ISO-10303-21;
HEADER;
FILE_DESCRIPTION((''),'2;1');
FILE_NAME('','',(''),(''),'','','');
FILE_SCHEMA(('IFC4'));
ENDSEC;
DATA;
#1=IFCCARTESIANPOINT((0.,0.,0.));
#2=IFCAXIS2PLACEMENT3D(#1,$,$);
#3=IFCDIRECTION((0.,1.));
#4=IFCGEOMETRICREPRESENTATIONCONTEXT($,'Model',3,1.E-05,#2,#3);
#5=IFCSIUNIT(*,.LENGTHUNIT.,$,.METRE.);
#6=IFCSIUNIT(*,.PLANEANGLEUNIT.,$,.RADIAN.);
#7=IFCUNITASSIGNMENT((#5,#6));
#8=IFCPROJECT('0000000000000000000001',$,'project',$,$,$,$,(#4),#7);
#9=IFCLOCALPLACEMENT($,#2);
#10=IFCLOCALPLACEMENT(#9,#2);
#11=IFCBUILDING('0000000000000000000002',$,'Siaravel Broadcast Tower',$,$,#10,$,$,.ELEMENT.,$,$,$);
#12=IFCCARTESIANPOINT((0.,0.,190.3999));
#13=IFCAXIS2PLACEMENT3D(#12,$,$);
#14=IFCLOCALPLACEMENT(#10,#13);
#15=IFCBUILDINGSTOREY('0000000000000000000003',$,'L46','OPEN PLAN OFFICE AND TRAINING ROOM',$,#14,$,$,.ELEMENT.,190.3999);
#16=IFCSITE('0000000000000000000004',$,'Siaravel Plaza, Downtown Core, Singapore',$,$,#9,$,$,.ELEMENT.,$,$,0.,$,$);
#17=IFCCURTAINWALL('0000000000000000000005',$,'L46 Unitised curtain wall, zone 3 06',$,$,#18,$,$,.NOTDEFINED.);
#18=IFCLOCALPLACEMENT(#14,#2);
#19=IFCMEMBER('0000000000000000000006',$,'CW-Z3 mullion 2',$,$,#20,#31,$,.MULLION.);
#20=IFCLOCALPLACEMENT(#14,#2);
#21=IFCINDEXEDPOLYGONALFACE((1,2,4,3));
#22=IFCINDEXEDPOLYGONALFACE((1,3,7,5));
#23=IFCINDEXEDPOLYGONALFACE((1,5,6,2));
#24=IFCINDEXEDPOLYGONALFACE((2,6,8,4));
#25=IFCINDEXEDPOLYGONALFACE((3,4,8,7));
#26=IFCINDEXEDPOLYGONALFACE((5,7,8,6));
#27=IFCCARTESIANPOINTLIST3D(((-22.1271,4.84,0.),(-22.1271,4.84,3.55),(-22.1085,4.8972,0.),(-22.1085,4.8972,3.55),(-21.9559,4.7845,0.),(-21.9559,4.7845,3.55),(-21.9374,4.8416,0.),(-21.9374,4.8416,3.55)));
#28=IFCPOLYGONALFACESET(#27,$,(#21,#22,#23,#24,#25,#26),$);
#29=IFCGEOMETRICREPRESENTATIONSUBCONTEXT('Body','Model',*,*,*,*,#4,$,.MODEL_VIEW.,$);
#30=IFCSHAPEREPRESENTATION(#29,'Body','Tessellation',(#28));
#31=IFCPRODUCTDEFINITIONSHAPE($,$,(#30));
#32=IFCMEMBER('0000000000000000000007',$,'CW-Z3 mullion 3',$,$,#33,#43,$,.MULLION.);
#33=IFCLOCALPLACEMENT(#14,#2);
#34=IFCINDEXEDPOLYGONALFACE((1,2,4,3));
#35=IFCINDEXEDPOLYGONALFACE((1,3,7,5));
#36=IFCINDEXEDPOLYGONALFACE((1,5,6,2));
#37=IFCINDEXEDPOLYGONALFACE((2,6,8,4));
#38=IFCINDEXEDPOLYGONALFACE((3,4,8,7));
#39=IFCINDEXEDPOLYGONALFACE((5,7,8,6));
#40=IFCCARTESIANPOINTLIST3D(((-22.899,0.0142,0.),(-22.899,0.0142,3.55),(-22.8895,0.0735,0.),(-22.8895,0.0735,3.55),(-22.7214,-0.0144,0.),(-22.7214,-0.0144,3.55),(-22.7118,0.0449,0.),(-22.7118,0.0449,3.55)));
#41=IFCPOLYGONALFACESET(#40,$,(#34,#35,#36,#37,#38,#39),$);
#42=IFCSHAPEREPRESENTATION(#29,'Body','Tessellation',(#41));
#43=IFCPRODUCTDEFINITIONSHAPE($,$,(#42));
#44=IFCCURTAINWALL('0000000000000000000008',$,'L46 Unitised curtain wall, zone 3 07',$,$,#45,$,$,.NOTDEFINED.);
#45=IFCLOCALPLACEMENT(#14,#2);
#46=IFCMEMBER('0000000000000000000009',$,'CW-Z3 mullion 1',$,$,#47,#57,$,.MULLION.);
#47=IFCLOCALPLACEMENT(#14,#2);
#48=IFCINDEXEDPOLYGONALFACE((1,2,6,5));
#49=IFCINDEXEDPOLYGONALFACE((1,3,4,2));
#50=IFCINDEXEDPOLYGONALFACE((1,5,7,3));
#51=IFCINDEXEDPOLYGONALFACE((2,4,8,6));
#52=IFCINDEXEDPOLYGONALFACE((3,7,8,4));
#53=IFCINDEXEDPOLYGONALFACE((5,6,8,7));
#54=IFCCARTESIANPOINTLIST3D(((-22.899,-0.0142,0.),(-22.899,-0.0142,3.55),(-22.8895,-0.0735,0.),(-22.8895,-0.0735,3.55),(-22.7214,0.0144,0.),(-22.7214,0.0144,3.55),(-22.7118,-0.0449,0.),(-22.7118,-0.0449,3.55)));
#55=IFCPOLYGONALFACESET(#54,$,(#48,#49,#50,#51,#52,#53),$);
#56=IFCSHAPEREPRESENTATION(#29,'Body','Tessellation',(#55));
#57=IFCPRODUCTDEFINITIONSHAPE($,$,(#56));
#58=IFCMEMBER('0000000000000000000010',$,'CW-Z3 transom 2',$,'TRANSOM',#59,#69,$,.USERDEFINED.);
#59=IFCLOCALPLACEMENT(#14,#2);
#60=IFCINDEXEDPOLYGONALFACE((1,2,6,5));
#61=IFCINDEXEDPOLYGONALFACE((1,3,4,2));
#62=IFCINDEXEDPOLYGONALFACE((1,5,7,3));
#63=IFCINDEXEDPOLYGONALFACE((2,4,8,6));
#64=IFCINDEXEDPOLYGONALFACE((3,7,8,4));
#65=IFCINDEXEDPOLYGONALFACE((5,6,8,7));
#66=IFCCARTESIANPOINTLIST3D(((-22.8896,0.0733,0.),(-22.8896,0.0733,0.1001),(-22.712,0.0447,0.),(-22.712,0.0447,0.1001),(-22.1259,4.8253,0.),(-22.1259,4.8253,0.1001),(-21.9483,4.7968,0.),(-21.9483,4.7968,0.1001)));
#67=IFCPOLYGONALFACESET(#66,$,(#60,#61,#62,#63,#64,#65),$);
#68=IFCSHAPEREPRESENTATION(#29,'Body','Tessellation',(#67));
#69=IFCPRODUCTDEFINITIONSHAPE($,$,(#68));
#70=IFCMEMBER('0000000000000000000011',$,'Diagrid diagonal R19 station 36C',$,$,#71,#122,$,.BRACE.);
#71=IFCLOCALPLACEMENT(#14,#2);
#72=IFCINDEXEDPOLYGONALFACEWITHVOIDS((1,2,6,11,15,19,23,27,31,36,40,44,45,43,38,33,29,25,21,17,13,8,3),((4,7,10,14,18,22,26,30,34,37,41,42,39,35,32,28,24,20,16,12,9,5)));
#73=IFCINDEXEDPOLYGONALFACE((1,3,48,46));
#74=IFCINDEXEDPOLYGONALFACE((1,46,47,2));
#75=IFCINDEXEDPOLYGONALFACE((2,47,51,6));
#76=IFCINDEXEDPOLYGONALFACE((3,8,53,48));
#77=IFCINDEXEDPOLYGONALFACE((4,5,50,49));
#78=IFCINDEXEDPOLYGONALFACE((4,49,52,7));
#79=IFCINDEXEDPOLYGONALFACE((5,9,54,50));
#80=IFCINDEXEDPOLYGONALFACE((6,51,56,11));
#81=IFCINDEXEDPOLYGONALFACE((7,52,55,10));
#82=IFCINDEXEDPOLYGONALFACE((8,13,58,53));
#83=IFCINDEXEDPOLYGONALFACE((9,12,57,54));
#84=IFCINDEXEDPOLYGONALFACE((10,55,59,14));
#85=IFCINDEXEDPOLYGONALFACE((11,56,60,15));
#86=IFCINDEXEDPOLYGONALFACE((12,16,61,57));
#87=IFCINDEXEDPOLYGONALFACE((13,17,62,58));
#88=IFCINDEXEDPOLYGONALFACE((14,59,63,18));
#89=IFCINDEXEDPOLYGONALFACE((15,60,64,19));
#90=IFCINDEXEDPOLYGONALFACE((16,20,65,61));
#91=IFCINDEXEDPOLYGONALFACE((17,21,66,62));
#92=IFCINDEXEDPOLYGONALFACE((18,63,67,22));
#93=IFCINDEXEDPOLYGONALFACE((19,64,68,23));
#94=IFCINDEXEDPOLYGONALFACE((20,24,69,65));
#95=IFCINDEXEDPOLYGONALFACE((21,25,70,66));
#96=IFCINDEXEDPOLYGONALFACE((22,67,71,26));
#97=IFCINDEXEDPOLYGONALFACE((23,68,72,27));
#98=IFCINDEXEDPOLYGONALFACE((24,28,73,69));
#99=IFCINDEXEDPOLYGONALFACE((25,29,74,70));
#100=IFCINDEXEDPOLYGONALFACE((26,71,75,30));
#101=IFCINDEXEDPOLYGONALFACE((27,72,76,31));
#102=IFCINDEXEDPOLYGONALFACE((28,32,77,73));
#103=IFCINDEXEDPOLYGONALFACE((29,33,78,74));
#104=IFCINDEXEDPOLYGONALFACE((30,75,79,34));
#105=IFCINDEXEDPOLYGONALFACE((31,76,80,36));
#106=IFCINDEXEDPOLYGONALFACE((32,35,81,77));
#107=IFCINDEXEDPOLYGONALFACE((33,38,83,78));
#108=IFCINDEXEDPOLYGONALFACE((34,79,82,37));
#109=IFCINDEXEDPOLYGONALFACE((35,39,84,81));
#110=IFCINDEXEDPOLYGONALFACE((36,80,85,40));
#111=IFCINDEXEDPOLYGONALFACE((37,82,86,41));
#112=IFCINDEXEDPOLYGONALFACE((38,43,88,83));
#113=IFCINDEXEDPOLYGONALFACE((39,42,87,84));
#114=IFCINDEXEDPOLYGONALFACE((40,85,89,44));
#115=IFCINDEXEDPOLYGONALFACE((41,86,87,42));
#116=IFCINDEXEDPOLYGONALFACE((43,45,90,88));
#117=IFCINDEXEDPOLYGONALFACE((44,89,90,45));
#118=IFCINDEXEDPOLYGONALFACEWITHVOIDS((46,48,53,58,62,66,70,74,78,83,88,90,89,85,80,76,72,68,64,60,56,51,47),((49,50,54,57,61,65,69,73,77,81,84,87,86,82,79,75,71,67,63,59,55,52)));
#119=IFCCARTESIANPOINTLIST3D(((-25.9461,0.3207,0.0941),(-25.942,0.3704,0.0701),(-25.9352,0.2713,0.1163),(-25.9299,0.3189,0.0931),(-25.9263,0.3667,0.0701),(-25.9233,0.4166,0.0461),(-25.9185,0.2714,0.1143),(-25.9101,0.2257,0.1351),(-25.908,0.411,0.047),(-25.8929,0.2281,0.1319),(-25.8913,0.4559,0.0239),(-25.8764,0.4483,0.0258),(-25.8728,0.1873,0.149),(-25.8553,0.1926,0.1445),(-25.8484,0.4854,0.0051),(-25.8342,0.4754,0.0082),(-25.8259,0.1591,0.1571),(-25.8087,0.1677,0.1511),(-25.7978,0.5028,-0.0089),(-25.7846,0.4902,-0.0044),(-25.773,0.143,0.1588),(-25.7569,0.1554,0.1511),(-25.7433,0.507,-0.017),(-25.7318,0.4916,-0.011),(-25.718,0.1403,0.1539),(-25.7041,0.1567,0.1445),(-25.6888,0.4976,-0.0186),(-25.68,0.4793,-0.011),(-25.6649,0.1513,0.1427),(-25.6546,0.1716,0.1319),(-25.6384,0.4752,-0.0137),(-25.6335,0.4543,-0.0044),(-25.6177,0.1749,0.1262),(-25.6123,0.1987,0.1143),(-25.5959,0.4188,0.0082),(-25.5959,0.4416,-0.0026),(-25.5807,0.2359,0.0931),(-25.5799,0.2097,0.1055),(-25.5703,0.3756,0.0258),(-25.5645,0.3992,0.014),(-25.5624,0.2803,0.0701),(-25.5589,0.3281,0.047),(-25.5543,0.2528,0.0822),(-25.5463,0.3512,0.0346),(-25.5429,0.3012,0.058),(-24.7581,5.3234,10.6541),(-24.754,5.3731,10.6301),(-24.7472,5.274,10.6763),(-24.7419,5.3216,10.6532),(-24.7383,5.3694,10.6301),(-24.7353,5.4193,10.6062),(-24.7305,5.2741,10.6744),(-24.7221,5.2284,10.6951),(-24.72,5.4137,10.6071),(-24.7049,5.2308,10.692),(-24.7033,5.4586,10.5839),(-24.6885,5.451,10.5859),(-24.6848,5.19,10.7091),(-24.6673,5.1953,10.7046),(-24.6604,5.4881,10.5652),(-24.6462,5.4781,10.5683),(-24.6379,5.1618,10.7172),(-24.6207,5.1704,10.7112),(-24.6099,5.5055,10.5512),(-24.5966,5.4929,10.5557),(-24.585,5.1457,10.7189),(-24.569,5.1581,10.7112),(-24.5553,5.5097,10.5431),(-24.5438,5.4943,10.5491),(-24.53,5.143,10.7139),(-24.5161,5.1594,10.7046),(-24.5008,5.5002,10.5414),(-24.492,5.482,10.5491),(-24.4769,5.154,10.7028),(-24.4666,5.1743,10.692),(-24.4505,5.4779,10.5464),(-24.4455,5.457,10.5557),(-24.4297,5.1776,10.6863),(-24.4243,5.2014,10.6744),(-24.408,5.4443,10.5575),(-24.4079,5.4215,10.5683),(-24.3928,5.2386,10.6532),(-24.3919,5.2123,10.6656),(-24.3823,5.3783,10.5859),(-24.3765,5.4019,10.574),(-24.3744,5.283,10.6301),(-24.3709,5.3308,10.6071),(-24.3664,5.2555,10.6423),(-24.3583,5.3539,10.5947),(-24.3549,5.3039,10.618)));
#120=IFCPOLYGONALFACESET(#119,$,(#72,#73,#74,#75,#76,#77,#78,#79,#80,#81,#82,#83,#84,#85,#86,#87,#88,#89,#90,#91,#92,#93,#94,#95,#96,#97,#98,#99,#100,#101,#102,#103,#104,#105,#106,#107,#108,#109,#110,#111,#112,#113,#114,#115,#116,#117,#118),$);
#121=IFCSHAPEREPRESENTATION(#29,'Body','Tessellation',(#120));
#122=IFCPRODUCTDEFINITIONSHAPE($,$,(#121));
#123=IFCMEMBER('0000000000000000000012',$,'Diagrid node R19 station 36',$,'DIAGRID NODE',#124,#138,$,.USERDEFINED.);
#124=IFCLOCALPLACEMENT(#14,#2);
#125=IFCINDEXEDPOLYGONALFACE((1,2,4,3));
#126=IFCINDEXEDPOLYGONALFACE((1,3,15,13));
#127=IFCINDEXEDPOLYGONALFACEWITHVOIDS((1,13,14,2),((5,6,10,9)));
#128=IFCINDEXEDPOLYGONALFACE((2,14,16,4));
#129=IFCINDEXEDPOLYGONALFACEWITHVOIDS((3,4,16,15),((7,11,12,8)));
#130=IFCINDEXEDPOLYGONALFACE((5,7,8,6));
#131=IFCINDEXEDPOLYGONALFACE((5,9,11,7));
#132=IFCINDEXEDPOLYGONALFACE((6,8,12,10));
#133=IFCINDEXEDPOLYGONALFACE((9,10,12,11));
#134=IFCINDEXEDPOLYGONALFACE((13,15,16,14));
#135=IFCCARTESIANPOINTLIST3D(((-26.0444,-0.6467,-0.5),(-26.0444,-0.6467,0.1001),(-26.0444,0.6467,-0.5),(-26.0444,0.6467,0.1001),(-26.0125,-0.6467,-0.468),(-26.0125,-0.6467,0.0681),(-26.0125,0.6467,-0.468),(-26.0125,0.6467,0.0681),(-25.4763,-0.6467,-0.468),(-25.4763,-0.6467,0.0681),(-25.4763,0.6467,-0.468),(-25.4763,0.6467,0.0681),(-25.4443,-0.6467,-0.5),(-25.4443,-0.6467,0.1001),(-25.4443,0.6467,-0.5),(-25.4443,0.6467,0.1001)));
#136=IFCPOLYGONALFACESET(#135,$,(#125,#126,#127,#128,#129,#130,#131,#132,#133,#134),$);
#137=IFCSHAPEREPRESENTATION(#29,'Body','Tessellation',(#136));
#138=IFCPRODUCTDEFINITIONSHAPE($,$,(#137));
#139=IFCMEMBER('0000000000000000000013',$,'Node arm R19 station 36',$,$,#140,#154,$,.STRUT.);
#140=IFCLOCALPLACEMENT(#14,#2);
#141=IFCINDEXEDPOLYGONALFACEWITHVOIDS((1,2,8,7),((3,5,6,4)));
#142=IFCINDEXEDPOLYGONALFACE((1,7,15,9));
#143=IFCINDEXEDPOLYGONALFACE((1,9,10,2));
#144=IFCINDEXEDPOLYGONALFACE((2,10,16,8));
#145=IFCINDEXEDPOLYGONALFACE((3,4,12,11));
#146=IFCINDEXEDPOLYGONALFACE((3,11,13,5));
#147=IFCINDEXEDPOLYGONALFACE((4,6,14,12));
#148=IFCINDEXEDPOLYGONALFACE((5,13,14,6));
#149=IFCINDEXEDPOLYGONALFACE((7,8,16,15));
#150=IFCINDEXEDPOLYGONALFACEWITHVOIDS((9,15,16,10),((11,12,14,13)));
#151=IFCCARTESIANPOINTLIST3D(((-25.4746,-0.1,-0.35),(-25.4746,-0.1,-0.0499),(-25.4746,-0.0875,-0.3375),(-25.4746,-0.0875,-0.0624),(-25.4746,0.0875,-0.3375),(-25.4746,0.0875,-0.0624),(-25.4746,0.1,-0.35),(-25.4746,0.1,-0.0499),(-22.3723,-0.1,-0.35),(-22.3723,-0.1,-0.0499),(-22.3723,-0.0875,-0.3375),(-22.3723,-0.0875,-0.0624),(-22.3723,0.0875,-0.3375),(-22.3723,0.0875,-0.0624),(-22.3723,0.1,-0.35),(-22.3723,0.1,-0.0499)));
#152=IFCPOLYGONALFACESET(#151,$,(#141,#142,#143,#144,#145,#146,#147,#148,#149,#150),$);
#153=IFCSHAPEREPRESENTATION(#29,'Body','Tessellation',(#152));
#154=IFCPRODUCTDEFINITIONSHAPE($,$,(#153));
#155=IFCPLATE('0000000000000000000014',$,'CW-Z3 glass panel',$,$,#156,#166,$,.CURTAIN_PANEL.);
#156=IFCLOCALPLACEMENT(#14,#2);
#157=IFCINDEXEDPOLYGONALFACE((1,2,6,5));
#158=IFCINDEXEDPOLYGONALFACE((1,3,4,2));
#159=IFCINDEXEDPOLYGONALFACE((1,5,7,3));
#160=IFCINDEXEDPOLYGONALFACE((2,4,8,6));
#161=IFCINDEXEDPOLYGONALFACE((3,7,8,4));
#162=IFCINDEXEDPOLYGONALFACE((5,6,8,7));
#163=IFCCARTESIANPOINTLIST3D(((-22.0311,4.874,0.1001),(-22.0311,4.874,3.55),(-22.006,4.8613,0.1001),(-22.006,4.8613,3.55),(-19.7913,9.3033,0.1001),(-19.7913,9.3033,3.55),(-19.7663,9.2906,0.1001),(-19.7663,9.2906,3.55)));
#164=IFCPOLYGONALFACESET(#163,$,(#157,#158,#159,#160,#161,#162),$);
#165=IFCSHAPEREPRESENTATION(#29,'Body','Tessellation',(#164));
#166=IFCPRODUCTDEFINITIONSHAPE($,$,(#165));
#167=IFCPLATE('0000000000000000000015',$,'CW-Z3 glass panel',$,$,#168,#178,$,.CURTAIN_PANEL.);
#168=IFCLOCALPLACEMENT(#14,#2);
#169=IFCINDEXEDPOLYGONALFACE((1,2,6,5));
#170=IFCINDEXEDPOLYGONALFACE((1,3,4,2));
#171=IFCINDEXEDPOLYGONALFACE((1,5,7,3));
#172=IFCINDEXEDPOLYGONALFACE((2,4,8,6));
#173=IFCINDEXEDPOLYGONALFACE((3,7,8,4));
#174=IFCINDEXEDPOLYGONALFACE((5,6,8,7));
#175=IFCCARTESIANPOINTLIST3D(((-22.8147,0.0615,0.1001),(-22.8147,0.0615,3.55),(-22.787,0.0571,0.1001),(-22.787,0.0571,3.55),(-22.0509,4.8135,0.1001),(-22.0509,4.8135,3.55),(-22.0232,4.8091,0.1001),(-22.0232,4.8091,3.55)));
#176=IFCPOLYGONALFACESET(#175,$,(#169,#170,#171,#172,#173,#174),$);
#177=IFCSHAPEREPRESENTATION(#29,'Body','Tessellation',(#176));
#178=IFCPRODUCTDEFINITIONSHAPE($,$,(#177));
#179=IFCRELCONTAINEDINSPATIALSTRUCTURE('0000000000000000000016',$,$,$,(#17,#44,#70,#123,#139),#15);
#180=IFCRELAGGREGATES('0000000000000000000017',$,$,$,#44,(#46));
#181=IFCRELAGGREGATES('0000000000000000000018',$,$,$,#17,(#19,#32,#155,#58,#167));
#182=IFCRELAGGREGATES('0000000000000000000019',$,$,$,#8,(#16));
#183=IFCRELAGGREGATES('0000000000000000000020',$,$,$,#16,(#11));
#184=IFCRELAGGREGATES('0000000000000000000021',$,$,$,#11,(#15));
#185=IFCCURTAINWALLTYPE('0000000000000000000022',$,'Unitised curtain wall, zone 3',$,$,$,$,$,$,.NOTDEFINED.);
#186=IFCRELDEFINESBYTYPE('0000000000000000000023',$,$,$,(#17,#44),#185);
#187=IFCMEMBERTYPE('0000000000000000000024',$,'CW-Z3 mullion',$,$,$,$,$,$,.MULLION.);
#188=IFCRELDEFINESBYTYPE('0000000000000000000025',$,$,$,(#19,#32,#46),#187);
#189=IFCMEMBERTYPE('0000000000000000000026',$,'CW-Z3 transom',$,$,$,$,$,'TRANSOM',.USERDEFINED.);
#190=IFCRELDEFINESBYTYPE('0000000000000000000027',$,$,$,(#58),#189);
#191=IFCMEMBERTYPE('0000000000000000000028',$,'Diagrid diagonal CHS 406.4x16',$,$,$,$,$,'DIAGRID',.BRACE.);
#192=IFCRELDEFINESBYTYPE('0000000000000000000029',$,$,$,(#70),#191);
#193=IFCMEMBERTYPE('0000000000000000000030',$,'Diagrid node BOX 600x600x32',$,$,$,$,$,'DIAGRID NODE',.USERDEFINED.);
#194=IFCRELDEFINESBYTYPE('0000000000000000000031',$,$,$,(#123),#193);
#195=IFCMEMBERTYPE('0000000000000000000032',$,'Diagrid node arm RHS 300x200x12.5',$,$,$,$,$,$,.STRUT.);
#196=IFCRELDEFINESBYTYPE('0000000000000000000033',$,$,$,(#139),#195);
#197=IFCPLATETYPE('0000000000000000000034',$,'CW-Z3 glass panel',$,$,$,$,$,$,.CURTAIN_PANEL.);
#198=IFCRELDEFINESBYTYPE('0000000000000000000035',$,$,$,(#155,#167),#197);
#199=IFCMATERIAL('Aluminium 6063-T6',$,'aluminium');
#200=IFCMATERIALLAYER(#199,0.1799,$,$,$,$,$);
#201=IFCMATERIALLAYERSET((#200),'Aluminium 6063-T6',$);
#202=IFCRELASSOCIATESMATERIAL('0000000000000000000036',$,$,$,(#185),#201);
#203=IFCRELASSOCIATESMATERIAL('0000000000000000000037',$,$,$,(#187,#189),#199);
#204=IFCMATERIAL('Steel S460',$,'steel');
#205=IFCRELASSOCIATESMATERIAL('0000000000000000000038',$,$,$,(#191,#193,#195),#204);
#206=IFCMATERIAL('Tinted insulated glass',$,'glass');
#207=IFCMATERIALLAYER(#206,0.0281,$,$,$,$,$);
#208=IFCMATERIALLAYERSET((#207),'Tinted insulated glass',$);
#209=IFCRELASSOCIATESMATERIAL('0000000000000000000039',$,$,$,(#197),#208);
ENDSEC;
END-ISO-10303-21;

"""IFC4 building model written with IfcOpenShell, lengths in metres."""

from ifc_helpers import new_model, si_unit, direction, frame, origin, origin_2d, place, context, subcontext, project, spatial, rectangle, hollow_rectangle, hollow_circle, extrude, material, layer, layer_set, material_profile, profile_set, type_object, element, aggregate, save


model = new_model("IFC4")

# Units and contexts
model_context = context("Model", 3, precision=1e-05, world=origin(), true_north=direction((0.0, 1.0)))
body_context = subcontext(model_context, "Body", "Model", "MODEL_VIEW")
ifc_project = project(units=[si_unit("LENGTHUNIT", "METRE"), si_unit("PLANEANGLEUNIT", "RADIAN")], contexts=[model_context])

# Site, building, storey
site_placement = place(None, origin())
site = spatial("IfcSite", under=ifc_project, at=site_placement, Name="Siaravel Plaza, Downtown Core, Singapore", CompositionType="ELEMENT", RefElevation=0.0)
building_placement = place(site_placement, origin())
building = spatial("IfcBuilding", under=site, at=building_placement, Name="Siaravel Broadcast Tower", CompositionType="ELEMENT")
storey_placement = place(building_placement, frame((0.0, 0.0, 190.3999)))
storey = spatial("IfcBuildingStorey", under=building, at=storey_placement, Name="L46", Description="OPEN PLAN OFFICE AND TRAINING ROOM", CompositionType="ELEMENT", Elevation=190.3999)

# Curtain wall, members
ifc_material_1 = material(Name="Aluminium 6063-T6", Category="aluminium")
ifc_layer_1 = layer(ifc_material_1, 0.1799)
ifc_layer_set_1 = layer_set([ifc_layer_1], Name="Aluminium 6063-T6")
curtain_wall_type = type_object("IfcCurtainWallType", Name="Unitised curtain wall, zone 3", PredefinedType="NOTDEFINED", material=ifc_layer_set_1)
curtain_wall_1_placement = place(storey_placement, origin())
curtain_wall_1 = element("IfcCurtainWall", 1, at=curtain_wall_1_placement, inside=storey, type_object=curtain_wall_type, Name="L46 Unitised curtain wall, zone 3 06", PredefinedType="NOTDEFINED")
ifc_material_profile_1 = material_profile(ifc_material_1, rectangle(XDim=0.1799, YDim=0.0601, at=origin_2d()))
ifc_profile_set_1 = profile_set([ifc_material_profile_1], Name="Aluminium 6063-T6")
member_type_1 = type_object("IfcMemberType", Name="CW-Z3 mullion", PredefinedType="MULLION", material=ifc_profile_set_1)
member_1_placement = place(storey_placement, frame((-22.0322, 4.8408, 0.0), z_axis=(0.0, 0.0, 1.0), x_axis=(0.951177, -0.308645, 0.0)))
member_1 = element("IfcMember", 2, at=member_1_placement, type_object=member_type_1, Name="CW-Z3 mullion 2", PredefinedType="MULLION", context=body_context, shape_type="SweptSolid", body=[
    extrude(rectangle(XDim=0.1799, YDim=0.0601, at=origin_2d()), origin(), (0.0, 0.0, 1.0), 3.55),
])
member_2_placement = place(storey_placement, frame((-22.8054, 0.0295, 0.0), z_axis=(0.0, 0.0, 1.0), x_axis=(0.987329, -0.158685, 0.0)))
member_2 = element("IfcMember", 3, at=member_2_placement, type_object=member_type_1, Name="CW-Z3 mullion 3", PredefinedType="MULLION", context=body_context, shape_type="SweptSolid", body=[
    extrude(rectangle(XDim=0.1799, YDim=0.0601, at=origin_2d()), origin(), (0.0, 0.0, 1.0), 3.55),
])

# Curtain wall, member
curtain_wall_2_placement = place(storey_placement, origin())
curtain_wall_2 = element("IfcCurtainWall", 4, at=curtain_wall_2_placement, inside=storey, type_object=curtain_wall_type, Name="L46 Unitised curtain wall, zone 3 07", PredefinedType="NOTDEFINED")
member_3_placement = place(storey_placement, frame((-22.8054, -0.0295, 0.0), z_axis=(0.0, 0.0, 1.0), x_axis=(0.987329, 0.158685, 0.0)))
member_3 = element("IfcMember", 5, at=member_3_placement, type_object=member_type_1, Name="CW-Z3 mullion 1", PredefinedType="MULLION", context=body_context, shape_type="SweptSolid", body=[
    extrude(rectangle(XDim=0.1799, YDim=0.0601, at=origin_2d()), origin(), (0.0, 0.0, 1.0), 3.55),
])
aggregate(curtain_wall_2, [member_3])

# Member
ifc_material_profile_2 = material_profile(ifc_material_1, rectangle(XDim=0.1799, YDim=0.1001, at=origin_2d()))
ifc_profile_set_2 = profile_set([ifc_material_profile_2], Name="Aluminium 6063-T6")
member_type_2 = type_object("IfcMemberType", Name="CW-Z3 transom", ElementType="TRANSOM", PredefinedType="USERDEFINED", material=ifc_profile_set_2)
member_4_placement = place(storey_placement, frame((-22.0371, 4.811, 0.05), z_axis=(-0.158671, -0.987332, 0.0), x_axis=(0.987332, -0.158671, 0.0)))
member_4 = element("IfcMember", 6, at=member_4_placement, type_object=member_type_2, Name="CW-Z3 transom 2", ObjectType="TRANSOM", PredefinedType="USERDEFINED", context=body_context, shape_type="SweptSolid", body=[
    extrude(rectangle(XDim=0.1799, YDim=0.1001, at=origin_2d()), origin(), (0.0, 0.0, 1.0), 4.813),
])

# Members
ifc_material_2 = material(Name="Steel S460", Category="steel")
ifc_material_profile_3 = material_profile(ifc_material_2, hollow_circle(Radius=0.2031, WallThickness=0.0161, at=origin_2d()))
ifc_profile_set_3 = profile_set([ifc_material_profile_3], Name="Steel S460")
member_type_3 = type_object("IfcMemberType", Name="Diagrid diagonal CHS 406.4x16", ElementType="DIAGRID", PredefinedType="BRACE", material=ifc_profile_set_3)
member_5_placement = place(storey_placement, frame((-25.7444, 0.3235, 0.0701), z_axis=(0.101145, 0.425929, 0.899085), x_axis=(-0.972943, 0.231045, 0.0)))
element("IfcMember", 7, at=member_5_placement, inside=storey, type_object=member_type_3, Name="Diagrid diagonal R19 station 36C", PredefinedType="BRACE", context=body_context, shape_type="SweptSolid", body=[
    extrude(hollow_circle(Radius=0.2031, WallThickness=0.0161, at=origin_2d()), origin(), (0.0, 0.0, 1.0), 11.7454),
])
ifc_material_profile_4 = material_profile(ifc_material_2, hollow_rectangle(XDim=0.6001, YDim=0.6001, WallThickness=0.032, at=origin_2d()))
ifc_profile_set_4 = profile_set([ifc_material_profile_4], Name="Steel S460")
member_type_4 = type_object("IfcMemberType", Name="Diagrid node BOX 600x600x32", ElementType="DIAGRID NODE", PredefinedType="USERDEFINED", material=ifc_profile_set_4)
member_6_placement = place(storey_placement, frame((-25.7444, 0.6467, -0.2), z_axis=(0.0, -1.0, 0.0), x_axis=(1.0, 0.0, 0.0)))
element("IfcMember", 8, at=member_6_placement, inside=storey, type_object=member_type_4, Name="Diagrid node R19 station 36", ObjectType="DIAGRID NODE", PredefinedType="USERDEFINED", context=body_context, shape_type="SweptSolid", body=[
    extrude(hollow_rectangle(XDim=0.6001, YDim=0.6001, WallThickness=0.032, at=origin_2d()), origin(), (0.0, 0.0, 1.0), 1.2935),
])
ifc_material_profile_5 = material_profile(ifc_material_2, hollow_rectangle(XDim=0.2, YDim=0.3, WallThickness=0.0125, at=origin_2d()))
ifc_profile_set_5 = profile_set([ifc_material_profile_5], Name="Steel S460")
member_type_5 = type_object("IfcMemberType", Name="Diagrid node arm RHS 300x200x12.5", PredefinedType="STRUT", material=ifc_profile_set_5)
member_7_placement = place(storey_placement, frame((-22.3723, 0.0, -0.2), z_axis=(-1.0, 0.0, 0.0), x_axis=(0.0, -1.0, 0.0)))
element("IfcMember", 9, at=member_7_placement, inside=storey, type_object=member_type_5, Name="Node arm R19 station 36", PredefinedType="STRUT", context=body_context, shape_type="SweptSolid", body=[
    extrude(hollow_rectangle(XDim=0.2, YDim=0.3, WallThickness=0.0125, at=origin_2d()), origin(), (0.0, 0.0, 1.0), 3.1023),
])

# Plates
ifc_material_3 = material(Name="Tinted insulated glass", Category="glass")
ifc_layer_2 = layer(ifc_material_3, 0.0281)
ifc_layer_set_2 = layer_set([ifc_layer_2], Name="Tinted insulated glass")
plate_type = type_object("IfcPlateType", Name="CW-Z3 glass panel", PredefinedType="CURTAIN_PANEL", material=ifc_layer_set_2)
plate_1_placement = place(storey_placement, frame((-20.8987, 7.0823, 0.1001), z_axis=(0.0, 0.0, 1.0), x_axis=(-0.451261, -0.892392, 0.0)))
plate_1 = element("IfcPlate", 10, at=plate_1_placement, type_object=plate_type, Name="CW-Z3 glass panel", PredefinedType="CURTAIN_PANEL", context=body_context, shape_type="SweptSolid", body=[
    extrude(rectangle(XDim=4.9634, YDim=0.0281, at=origin_2d()), origin(), (0.0, 0.0, 1.0), 3.45),
])
plate_2_placement = place(storey_placement, frame((-22.4189, 2.4353, 0.1001), z_axis=(0.0, 0.0, 1.0), x_axis=(-0.158685, -0.987329, 0.0)))
plate_2 = element("IfcPlate", 11, at=plate_2_placement, type_object=plate_type, Name="CW-Z3 glass panel", PredefinedType="CURTAIN_PANEL", context=body_context, shape_type="SweptSolid", body=[
    extrude(rectangle(XDim=4.813, YDim=0.0281, at=origin_2d()), origin(), (0.0, 0.0, 1.0), 3.45),
])
aggregate(curtain_wall_1, [member_1, member_2, plate_1, member_4, plate_2])

save(model, "model.ifc")
